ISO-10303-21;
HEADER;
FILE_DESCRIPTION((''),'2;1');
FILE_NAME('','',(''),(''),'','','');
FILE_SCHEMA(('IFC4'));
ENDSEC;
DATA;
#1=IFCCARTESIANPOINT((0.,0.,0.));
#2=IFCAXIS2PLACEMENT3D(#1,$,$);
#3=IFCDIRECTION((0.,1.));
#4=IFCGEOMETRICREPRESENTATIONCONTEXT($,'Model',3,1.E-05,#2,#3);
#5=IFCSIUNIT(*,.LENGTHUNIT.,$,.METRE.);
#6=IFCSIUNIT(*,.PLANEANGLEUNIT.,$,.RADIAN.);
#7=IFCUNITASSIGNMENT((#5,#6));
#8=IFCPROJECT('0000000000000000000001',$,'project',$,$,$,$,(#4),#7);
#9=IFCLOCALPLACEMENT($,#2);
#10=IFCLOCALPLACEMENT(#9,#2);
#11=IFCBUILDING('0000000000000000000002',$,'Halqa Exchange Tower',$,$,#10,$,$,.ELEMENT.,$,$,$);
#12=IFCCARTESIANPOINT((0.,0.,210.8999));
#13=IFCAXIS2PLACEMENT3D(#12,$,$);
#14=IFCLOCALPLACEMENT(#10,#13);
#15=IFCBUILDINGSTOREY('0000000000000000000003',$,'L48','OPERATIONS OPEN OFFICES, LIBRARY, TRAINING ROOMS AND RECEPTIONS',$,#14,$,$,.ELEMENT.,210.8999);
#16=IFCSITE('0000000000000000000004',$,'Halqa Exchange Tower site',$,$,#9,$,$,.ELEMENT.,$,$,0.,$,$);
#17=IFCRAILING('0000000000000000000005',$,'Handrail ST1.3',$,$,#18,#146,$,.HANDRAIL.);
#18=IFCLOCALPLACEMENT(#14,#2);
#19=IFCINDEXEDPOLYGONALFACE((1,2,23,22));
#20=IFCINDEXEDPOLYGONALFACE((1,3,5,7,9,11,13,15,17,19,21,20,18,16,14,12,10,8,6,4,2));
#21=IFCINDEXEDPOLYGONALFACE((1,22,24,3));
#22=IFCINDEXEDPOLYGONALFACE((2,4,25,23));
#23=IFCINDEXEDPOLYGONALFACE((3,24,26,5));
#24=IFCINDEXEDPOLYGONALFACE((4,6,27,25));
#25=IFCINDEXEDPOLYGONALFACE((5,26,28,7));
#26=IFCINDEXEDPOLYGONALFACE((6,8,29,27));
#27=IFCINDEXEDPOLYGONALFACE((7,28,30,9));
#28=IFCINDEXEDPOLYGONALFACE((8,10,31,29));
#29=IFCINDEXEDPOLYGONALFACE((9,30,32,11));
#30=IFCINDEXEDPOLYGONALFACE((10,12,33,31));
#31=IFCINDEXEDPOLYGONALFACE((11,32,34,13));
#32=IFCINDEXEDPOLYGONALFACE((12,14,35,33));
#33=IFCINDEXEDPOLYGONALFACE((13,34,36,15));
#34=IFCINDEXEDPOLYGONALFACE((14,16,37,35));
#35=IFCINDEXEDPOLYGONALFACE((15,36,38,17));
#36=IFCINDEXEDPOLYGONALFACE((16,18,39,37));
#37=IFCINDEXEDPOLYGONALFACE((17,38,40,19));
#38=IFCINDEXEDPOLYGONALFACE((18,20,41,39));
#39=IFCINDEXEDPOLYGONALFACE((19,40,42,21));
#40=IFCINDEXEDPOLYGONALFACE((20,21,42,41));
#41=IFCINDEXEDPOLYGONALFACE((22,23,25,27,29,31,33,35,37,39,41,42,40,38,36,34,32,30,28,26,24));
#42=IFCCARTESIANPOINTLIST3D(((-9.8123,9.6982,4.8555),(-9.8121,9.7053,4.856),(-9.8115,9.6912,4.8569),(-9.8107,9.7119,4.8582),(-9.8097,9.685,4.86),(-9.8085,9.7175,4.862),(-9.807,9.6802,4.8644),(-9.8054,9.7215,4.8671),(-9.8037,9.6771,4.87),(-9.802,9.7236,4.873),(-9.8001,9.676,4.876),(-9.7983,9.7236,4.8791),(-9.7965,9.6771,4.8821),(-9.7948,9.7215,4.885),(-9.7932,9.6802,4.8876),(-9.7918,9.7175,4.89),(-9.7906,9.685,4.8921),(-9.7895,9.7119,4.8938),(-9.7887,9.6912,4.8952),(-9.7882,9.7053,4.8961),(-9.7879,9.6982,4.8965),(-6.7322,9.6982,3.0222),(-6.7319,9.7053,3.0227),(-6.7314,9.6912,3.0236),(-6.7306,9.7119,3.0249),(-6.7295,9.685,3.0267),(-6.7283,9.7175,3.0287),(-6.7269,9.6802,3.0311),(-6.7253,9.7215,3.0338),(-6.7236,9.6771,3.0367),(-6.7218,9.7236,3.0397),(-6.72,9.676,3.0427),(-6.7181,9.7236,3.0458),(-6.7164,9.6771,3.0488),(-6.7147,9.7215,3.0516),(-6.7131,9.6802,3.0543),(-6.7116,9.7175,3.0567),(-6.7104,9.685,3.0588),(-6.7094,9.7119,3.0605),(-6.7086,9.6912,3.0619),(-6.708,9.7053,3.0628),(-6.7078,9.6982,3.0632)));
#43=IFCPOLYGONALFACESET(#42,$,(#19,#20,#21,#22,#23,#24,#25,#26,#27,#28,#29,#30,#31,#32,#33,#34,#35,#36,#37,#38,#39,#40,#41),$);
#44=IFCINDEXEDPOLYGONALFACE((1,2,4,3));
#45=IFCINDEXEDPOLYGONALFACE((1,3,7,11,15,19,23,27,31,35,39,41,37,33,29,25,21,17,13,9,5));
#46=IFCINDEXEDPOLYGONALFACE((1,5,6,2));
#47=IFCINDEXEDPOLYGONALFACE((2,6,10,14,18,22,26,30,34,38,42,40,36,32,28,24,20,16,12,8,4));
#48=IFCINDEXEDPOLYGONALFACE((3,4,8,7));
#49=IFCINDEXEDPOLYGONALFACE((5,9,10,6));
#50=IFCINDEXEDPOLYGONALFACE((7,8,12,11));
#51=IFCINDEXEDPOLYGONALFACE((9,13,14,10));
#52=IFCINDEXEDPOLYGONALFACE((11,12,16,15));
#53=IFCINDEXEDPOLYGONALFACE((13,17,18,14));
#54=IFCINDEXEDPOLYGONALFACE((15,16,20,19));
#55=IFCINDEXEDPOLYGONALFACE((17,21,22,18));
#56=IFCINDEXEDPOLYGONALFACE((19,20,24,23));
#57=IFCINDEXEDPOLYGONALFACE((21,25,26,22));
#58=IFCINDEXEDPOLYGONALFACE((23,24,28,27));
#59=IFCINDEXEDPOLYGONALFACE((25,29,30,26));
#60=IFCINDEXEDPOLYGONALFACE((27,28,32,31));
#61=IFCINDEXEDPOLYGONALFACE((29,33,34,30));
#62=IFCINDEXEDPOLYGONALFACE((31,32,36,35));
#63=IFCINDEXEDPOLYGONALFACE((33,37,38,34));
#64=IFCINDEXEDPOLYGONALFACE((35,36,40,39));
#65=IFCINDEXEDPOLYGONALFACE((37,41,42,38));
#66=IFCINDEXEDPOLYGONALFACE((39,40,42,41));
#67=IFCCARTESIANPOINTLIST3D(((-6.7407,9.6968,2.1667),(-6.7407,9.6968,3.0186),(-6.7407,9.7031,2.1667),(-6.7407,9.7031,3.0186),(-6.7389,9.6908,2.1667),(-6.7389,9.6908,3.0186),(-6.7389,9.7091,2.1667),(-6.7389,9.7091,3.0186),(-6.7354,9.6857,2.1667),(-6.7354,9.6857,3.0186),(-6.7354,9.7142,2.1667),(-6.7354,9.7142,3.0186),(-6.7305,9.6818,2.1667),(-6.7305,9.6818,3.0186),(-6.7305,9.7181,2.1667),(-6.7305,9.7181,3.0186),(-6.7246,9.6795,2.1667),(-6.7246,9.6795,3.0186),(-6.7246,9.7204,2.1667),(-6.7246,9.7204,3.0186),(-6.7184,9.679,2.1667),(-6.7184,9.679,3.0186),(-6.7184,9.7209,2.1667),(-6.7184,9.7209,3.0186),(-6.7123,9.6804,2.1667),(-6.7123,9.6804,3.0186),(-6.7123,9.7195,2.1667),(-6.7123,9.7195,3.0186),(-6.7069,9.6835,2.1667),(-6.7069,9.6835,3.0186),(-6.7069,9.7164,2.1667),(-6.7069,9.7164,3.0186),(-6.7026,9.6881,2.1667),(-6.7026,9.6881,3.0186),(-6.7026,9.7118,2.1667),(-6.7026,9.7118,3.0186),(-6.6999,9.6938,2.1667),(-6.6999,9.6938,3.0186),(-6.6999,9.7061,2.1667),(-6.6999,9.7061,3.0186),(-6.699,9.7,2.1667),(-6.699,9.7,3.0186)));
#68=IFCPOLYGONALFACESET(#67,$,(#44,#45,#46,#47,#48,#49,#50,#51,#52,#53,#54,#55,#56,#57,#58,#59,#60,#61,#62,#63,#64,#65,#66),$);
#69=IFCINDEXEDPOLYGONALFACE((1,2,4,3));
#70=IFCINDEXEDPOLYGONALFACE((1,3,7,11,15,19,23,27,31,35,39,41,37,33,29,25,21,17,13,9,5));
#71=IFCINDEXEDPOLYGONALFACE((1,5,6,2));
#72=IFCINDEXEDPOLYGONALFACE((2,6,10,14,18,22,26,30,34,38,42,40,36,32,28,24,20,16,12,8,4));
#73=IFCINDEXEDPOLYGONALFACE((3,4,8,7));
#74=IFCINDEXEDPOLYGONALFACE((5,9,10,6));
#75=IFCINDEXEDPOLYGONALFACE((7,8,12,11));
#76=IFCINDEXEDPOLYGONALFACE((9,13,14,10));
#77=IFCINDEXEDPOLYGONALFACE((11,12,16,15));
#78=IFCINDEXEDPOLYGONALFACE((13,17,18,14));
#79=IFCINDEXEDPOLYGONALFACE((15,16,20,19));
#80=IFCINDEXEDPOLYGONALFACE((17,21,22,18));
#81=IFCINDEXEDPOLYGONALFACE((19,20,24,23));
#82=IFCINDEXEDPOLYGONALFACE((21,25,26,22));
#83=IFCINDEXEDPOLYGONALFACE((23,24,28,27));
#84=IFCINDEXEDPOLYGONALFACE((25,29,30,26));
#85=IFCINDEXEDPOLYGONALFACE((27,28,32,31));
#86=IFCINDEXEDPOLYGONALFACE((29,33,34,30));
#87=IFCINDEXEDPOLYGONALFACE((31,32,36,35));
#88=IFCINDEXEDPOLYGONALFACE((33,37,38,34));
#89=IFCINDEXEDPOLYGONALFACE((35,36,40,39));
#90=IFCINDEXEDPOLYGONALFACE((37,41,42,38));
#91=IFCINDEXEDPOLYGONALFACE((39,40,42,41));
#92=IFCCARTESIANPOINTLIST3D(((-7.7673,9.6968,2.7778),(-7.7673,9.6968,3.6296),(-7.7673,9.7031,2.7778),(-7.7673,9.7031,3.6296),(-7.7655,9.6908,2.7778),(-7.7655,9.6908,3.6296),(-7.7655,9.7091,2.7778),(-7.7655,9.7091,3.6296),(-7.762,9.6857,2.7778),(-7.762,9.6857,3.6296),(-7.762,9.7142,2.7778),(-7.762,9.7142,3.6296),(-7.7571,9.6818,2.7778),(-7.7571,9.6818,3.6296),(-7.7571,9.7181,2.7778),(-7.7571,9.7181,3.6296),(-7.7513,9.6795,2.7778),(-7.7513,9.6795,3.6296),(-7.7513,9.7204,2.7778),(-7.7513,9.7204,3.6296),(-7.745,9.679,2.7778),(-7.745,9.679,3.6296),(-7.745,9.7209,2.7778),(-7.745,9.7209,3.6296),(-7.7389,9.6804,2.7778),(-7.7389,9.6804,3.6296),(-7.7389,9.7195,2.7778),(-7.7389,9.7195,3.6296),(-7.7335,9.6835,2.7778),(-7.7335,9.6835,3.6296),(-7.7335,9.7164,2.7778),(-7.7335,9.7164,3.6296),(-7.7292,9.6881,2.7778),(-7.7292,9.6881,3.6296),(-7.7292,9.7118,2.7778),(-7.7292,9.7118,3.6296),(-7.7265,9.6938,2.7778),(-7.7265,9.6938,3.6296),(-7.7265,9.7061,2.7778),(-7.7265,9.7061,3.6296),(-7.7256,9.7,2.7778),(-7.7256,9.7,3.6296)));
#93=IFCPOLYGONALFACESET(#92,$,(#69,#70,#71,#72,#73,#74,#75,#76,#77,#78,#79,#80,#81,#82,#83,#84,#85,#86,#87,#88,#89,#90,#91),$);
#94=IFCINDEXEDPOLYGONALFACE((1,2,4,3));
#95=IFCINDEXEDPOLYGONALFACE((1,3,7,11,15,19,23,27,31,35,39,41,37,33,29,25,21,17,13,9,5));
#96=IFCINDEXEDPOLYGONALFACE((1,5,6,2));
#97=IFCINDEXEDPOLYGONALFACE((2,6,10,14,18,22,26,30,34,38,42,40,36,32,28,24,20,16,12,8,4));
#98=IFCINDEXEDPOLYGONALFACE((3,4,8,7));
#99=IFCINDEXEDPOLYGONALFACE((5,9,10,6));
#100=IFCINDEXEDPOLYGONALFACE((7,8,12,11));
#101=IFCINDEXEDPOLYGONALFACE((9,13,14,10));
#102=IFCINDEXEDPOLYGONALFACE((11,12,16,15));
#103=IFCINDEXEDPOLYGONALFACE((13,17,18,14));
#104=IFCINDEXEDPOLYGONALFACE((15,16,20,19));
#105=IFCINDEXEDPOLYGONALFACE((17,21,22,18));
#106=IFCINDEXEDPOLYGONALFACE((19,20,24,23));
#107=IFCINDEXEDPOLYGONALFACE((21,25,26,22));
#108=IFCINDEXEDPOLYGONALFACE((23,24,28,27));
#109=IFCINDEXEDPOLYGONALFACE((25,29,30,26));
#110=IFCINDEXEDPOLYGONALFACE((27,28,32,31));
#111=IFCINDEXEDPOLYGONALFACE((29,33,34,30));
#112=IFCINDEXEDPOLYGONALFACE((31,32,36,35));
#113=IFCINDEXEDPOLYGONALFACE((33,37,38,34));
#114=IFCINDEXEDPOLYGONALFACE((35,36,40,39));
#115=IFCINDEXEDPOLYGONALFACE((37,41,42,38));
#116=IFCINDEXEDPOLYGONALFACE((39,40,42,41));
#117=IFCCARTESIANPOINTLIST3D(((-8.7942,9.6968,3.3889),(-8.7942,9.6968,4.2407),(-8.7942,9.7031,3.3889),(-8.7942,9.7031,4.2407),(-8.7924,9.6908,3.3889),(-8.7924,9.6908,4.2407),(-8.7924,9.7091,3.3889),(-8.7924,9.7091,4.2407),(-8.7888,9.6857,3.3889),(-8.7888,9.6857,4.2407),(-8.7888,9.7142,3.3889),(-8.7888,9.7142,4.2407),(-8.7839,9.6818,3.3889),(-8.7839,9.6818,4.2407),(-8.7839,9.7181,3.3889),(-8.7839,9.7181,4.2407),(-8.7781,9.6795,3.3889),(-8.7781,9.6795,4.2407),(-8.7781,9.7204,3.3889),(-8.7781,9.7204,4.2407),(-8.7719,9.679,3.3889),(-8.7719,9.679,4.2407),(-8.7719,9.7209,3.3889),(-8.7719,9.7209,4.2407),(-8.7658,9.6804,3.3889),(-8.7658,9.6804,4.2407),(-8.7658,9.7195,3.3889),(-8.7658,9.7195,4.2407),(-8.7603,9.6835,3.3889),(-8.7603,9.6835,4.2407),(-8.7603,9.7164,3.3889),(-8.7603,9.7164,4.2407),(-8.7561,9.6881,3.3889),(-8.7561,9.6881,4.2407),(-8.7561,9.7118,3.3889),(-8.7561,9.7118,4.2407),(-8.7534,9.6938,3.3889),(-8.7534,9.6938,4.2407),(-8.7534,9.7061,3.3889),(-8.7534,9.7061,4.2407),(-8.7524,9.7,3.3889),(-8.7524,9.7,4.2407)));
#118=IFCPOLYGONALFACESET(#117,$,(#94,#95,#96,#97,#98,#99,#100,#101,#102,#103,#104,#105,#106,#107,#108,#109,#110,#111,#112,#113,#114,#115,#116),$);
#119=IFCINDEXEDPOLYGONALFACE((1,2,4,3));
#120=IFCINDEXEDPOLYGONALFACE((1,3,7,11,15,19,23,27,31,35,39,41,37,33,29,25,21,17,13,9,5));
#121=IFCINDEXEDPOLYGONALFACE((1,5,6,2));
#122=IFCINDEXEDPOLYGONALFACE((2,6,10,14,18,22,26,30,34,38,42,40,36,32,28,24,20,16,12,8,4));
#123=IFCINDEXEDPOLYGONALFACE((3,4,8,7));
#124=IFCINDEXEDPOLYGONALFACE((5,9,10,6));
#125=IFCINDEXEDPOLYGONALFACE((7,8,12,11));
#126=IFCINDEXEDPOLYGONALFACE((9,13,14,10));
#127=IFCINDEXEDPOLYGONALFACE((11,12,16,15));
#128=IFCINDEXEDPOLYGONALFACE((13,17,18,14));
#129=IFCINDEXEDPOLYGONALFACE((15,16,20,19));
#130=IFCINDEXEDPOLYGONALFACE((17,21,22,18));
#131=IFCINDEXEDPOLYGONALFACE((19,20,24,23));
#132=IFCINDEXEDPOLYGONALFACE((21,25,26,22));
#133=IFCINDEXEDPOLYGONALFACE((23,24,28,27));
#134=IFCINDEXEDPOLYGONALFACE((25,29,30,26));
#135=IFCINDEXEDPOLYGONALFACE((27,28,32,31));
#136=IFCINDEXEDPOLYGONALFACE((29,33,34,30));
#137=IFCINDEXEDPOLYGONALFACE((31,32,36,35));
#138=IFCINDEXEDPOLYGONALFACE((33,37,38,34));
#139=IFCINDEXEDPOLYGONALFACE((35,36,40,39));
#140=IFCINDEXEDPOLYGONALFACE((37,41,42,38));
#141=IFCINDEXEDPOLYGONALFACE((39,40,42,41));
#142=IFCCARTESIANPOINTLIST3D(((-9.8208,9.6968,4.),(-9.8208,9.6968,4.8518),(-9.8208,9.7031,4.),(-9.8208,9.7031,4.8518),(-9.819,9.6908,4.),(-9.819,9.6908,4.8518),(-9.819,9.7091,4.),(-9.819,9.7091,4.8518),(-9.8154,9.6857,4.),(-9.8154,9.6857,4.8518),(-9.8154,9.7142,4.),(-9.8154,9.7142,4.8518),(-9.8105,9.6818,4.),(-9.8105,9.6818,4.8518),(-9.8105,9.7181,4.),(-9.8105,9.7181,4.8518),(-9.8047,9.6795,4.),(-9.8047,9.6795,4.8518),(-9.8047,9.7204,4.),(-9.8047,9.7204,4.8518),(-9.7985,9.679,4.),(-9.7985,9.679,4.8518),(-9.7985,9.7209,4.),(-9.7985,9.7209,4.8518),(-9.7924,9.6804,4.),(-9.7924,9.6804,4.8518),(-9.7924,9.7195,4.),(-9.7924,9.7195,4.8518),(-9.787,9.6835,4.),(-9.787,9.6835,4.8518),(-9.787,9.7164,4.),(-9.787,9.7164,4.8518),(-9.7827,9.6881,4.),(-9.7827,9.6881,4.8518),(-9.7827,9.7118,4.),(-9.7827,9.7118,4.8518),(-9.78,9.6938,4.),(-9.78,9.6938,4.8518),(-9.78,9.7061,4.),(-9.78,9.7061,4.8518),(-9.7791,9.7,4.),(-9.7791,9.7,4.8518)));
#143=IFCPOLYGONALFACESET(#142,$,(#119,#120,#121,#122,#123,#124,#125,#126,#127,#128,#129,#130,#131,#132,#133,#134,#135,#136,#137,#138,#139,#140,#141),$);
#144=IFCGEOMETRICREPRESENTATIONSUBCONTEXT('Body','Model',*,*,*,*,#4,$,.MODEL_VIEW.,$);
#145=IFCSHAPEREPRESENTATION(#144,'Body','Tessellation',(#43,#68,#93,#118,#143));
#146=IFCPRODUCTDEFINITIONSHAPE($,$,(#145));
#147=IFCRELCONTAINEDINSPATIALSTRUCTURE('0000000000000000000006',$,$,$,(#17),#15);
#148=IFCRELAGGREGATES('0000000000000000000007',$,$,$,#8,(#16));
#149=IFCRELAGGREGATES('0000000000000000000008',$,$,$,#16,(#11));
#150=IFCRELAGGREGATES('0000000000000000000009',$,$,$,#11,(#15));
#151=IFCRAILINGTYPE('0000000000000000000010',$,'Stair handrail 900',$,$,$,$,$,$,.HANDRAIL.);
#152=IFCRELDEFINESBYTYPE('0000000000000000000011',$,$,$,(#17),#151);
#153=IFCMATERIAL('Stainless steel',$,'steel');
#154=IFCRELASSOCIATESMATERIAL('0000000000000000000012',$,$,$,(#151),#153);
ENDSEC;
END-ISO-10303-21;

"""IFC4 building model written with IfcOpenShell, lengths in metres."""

from ifc_helpers import new_model, si_unit, direction, frame, origin, origin_2d, place, context, subcontext, project, spatial, circle, extrude, material, type_object, element, save


model = new_model("IFC4")

# Units and contexts
model_context = context("Model", 3, precision=1e-05, world=origin(), true_north=direction((0.0, 1.0)))
body_context = subcontext(model_context, "Body", "Model", "MODEL_VIEW")
ifc_project = project(units=[si_unit("LENGTHUNIT", "METRE"), si_unit("PLANEANGLEUNIT", "RADIAN")], contexts=[model_context])

# Site, building, storey
site_placement = place(None, origin())
site = spatial("IfcSite", under=ifc_project, at=site_placement, Name="Halqa Exchange Tower site", CompositionType="ELEMENT", RefElevation=0.0)
building_placement = place(site_placement, origin())
building = spatial("IfcBuilding", under=site, at=building_placement, Name="Halqa Exchange Tower", CompositionType="ELEMENT")
storey_placement = place(building_placement, frame((0.0, 0.0, 210.8999)))
storey = spatial("IfcBuildingStorey", under=building, at=storey_placement, Name="L48", Description="OPERATIONS OPEN OFFICES, LIBRARY, TRAINING ROOMS AND RECEPTIONS", CompositionType="ELEMENT", Elevation=210.8999)

# Railing
ifc_material_1 = material(Name="Stainless steel", Category="steel")
railing_type_1 = type_object("IfcRailingType", Name="Stair handrail 900", PredefinedType="HANDRAIL", material=ifc_material_1)
railing_1_placement = place(storey_placement, frame((-6.72, 9.7, 2.1667)))
element("IfcRailing", 1, at=railing_1_placement, inside=storey, type_object=railing_type_1, Name="Handrail ST1.3", PredefinedType="HANDRAIL", context=body_context, shape_type="SweptSolid", body=[
    extrude(circle(Radius=0.0239, at=origin_2d()), frame((0.0, 0.0, 0.876), z_axis=(-0.859309, 0.0, 0.511458), x_axis=(0.0, -1.0, 0.0)), (0.0, 0.0, 1.0), 3.5845),
    extrude(circle(Radius=0.021, at=origin_2d()), origin(), (0.0, 0.0, 1.0), 0.8518),
    extrude(circle(Radius=0.021, at=origin_2d()), frame((-1.0266, 0.0, 0.6111)), (0.0, 0.0, 1.0), 0.8518),
    extrude(circle(Radius=0.021, at=origin_2d()), frame((-2.0535, 0.0, 1.2222)), (0.0, 0.0, 1.0), 0.8518),
    extrude(circle(Radius=0.021, at=origin_2d()), frame((-3.0801, 0.0, 1.8333)), (0.0, 0.0, 1.0), 0.8518),
])

save(model, "model.ifc")
